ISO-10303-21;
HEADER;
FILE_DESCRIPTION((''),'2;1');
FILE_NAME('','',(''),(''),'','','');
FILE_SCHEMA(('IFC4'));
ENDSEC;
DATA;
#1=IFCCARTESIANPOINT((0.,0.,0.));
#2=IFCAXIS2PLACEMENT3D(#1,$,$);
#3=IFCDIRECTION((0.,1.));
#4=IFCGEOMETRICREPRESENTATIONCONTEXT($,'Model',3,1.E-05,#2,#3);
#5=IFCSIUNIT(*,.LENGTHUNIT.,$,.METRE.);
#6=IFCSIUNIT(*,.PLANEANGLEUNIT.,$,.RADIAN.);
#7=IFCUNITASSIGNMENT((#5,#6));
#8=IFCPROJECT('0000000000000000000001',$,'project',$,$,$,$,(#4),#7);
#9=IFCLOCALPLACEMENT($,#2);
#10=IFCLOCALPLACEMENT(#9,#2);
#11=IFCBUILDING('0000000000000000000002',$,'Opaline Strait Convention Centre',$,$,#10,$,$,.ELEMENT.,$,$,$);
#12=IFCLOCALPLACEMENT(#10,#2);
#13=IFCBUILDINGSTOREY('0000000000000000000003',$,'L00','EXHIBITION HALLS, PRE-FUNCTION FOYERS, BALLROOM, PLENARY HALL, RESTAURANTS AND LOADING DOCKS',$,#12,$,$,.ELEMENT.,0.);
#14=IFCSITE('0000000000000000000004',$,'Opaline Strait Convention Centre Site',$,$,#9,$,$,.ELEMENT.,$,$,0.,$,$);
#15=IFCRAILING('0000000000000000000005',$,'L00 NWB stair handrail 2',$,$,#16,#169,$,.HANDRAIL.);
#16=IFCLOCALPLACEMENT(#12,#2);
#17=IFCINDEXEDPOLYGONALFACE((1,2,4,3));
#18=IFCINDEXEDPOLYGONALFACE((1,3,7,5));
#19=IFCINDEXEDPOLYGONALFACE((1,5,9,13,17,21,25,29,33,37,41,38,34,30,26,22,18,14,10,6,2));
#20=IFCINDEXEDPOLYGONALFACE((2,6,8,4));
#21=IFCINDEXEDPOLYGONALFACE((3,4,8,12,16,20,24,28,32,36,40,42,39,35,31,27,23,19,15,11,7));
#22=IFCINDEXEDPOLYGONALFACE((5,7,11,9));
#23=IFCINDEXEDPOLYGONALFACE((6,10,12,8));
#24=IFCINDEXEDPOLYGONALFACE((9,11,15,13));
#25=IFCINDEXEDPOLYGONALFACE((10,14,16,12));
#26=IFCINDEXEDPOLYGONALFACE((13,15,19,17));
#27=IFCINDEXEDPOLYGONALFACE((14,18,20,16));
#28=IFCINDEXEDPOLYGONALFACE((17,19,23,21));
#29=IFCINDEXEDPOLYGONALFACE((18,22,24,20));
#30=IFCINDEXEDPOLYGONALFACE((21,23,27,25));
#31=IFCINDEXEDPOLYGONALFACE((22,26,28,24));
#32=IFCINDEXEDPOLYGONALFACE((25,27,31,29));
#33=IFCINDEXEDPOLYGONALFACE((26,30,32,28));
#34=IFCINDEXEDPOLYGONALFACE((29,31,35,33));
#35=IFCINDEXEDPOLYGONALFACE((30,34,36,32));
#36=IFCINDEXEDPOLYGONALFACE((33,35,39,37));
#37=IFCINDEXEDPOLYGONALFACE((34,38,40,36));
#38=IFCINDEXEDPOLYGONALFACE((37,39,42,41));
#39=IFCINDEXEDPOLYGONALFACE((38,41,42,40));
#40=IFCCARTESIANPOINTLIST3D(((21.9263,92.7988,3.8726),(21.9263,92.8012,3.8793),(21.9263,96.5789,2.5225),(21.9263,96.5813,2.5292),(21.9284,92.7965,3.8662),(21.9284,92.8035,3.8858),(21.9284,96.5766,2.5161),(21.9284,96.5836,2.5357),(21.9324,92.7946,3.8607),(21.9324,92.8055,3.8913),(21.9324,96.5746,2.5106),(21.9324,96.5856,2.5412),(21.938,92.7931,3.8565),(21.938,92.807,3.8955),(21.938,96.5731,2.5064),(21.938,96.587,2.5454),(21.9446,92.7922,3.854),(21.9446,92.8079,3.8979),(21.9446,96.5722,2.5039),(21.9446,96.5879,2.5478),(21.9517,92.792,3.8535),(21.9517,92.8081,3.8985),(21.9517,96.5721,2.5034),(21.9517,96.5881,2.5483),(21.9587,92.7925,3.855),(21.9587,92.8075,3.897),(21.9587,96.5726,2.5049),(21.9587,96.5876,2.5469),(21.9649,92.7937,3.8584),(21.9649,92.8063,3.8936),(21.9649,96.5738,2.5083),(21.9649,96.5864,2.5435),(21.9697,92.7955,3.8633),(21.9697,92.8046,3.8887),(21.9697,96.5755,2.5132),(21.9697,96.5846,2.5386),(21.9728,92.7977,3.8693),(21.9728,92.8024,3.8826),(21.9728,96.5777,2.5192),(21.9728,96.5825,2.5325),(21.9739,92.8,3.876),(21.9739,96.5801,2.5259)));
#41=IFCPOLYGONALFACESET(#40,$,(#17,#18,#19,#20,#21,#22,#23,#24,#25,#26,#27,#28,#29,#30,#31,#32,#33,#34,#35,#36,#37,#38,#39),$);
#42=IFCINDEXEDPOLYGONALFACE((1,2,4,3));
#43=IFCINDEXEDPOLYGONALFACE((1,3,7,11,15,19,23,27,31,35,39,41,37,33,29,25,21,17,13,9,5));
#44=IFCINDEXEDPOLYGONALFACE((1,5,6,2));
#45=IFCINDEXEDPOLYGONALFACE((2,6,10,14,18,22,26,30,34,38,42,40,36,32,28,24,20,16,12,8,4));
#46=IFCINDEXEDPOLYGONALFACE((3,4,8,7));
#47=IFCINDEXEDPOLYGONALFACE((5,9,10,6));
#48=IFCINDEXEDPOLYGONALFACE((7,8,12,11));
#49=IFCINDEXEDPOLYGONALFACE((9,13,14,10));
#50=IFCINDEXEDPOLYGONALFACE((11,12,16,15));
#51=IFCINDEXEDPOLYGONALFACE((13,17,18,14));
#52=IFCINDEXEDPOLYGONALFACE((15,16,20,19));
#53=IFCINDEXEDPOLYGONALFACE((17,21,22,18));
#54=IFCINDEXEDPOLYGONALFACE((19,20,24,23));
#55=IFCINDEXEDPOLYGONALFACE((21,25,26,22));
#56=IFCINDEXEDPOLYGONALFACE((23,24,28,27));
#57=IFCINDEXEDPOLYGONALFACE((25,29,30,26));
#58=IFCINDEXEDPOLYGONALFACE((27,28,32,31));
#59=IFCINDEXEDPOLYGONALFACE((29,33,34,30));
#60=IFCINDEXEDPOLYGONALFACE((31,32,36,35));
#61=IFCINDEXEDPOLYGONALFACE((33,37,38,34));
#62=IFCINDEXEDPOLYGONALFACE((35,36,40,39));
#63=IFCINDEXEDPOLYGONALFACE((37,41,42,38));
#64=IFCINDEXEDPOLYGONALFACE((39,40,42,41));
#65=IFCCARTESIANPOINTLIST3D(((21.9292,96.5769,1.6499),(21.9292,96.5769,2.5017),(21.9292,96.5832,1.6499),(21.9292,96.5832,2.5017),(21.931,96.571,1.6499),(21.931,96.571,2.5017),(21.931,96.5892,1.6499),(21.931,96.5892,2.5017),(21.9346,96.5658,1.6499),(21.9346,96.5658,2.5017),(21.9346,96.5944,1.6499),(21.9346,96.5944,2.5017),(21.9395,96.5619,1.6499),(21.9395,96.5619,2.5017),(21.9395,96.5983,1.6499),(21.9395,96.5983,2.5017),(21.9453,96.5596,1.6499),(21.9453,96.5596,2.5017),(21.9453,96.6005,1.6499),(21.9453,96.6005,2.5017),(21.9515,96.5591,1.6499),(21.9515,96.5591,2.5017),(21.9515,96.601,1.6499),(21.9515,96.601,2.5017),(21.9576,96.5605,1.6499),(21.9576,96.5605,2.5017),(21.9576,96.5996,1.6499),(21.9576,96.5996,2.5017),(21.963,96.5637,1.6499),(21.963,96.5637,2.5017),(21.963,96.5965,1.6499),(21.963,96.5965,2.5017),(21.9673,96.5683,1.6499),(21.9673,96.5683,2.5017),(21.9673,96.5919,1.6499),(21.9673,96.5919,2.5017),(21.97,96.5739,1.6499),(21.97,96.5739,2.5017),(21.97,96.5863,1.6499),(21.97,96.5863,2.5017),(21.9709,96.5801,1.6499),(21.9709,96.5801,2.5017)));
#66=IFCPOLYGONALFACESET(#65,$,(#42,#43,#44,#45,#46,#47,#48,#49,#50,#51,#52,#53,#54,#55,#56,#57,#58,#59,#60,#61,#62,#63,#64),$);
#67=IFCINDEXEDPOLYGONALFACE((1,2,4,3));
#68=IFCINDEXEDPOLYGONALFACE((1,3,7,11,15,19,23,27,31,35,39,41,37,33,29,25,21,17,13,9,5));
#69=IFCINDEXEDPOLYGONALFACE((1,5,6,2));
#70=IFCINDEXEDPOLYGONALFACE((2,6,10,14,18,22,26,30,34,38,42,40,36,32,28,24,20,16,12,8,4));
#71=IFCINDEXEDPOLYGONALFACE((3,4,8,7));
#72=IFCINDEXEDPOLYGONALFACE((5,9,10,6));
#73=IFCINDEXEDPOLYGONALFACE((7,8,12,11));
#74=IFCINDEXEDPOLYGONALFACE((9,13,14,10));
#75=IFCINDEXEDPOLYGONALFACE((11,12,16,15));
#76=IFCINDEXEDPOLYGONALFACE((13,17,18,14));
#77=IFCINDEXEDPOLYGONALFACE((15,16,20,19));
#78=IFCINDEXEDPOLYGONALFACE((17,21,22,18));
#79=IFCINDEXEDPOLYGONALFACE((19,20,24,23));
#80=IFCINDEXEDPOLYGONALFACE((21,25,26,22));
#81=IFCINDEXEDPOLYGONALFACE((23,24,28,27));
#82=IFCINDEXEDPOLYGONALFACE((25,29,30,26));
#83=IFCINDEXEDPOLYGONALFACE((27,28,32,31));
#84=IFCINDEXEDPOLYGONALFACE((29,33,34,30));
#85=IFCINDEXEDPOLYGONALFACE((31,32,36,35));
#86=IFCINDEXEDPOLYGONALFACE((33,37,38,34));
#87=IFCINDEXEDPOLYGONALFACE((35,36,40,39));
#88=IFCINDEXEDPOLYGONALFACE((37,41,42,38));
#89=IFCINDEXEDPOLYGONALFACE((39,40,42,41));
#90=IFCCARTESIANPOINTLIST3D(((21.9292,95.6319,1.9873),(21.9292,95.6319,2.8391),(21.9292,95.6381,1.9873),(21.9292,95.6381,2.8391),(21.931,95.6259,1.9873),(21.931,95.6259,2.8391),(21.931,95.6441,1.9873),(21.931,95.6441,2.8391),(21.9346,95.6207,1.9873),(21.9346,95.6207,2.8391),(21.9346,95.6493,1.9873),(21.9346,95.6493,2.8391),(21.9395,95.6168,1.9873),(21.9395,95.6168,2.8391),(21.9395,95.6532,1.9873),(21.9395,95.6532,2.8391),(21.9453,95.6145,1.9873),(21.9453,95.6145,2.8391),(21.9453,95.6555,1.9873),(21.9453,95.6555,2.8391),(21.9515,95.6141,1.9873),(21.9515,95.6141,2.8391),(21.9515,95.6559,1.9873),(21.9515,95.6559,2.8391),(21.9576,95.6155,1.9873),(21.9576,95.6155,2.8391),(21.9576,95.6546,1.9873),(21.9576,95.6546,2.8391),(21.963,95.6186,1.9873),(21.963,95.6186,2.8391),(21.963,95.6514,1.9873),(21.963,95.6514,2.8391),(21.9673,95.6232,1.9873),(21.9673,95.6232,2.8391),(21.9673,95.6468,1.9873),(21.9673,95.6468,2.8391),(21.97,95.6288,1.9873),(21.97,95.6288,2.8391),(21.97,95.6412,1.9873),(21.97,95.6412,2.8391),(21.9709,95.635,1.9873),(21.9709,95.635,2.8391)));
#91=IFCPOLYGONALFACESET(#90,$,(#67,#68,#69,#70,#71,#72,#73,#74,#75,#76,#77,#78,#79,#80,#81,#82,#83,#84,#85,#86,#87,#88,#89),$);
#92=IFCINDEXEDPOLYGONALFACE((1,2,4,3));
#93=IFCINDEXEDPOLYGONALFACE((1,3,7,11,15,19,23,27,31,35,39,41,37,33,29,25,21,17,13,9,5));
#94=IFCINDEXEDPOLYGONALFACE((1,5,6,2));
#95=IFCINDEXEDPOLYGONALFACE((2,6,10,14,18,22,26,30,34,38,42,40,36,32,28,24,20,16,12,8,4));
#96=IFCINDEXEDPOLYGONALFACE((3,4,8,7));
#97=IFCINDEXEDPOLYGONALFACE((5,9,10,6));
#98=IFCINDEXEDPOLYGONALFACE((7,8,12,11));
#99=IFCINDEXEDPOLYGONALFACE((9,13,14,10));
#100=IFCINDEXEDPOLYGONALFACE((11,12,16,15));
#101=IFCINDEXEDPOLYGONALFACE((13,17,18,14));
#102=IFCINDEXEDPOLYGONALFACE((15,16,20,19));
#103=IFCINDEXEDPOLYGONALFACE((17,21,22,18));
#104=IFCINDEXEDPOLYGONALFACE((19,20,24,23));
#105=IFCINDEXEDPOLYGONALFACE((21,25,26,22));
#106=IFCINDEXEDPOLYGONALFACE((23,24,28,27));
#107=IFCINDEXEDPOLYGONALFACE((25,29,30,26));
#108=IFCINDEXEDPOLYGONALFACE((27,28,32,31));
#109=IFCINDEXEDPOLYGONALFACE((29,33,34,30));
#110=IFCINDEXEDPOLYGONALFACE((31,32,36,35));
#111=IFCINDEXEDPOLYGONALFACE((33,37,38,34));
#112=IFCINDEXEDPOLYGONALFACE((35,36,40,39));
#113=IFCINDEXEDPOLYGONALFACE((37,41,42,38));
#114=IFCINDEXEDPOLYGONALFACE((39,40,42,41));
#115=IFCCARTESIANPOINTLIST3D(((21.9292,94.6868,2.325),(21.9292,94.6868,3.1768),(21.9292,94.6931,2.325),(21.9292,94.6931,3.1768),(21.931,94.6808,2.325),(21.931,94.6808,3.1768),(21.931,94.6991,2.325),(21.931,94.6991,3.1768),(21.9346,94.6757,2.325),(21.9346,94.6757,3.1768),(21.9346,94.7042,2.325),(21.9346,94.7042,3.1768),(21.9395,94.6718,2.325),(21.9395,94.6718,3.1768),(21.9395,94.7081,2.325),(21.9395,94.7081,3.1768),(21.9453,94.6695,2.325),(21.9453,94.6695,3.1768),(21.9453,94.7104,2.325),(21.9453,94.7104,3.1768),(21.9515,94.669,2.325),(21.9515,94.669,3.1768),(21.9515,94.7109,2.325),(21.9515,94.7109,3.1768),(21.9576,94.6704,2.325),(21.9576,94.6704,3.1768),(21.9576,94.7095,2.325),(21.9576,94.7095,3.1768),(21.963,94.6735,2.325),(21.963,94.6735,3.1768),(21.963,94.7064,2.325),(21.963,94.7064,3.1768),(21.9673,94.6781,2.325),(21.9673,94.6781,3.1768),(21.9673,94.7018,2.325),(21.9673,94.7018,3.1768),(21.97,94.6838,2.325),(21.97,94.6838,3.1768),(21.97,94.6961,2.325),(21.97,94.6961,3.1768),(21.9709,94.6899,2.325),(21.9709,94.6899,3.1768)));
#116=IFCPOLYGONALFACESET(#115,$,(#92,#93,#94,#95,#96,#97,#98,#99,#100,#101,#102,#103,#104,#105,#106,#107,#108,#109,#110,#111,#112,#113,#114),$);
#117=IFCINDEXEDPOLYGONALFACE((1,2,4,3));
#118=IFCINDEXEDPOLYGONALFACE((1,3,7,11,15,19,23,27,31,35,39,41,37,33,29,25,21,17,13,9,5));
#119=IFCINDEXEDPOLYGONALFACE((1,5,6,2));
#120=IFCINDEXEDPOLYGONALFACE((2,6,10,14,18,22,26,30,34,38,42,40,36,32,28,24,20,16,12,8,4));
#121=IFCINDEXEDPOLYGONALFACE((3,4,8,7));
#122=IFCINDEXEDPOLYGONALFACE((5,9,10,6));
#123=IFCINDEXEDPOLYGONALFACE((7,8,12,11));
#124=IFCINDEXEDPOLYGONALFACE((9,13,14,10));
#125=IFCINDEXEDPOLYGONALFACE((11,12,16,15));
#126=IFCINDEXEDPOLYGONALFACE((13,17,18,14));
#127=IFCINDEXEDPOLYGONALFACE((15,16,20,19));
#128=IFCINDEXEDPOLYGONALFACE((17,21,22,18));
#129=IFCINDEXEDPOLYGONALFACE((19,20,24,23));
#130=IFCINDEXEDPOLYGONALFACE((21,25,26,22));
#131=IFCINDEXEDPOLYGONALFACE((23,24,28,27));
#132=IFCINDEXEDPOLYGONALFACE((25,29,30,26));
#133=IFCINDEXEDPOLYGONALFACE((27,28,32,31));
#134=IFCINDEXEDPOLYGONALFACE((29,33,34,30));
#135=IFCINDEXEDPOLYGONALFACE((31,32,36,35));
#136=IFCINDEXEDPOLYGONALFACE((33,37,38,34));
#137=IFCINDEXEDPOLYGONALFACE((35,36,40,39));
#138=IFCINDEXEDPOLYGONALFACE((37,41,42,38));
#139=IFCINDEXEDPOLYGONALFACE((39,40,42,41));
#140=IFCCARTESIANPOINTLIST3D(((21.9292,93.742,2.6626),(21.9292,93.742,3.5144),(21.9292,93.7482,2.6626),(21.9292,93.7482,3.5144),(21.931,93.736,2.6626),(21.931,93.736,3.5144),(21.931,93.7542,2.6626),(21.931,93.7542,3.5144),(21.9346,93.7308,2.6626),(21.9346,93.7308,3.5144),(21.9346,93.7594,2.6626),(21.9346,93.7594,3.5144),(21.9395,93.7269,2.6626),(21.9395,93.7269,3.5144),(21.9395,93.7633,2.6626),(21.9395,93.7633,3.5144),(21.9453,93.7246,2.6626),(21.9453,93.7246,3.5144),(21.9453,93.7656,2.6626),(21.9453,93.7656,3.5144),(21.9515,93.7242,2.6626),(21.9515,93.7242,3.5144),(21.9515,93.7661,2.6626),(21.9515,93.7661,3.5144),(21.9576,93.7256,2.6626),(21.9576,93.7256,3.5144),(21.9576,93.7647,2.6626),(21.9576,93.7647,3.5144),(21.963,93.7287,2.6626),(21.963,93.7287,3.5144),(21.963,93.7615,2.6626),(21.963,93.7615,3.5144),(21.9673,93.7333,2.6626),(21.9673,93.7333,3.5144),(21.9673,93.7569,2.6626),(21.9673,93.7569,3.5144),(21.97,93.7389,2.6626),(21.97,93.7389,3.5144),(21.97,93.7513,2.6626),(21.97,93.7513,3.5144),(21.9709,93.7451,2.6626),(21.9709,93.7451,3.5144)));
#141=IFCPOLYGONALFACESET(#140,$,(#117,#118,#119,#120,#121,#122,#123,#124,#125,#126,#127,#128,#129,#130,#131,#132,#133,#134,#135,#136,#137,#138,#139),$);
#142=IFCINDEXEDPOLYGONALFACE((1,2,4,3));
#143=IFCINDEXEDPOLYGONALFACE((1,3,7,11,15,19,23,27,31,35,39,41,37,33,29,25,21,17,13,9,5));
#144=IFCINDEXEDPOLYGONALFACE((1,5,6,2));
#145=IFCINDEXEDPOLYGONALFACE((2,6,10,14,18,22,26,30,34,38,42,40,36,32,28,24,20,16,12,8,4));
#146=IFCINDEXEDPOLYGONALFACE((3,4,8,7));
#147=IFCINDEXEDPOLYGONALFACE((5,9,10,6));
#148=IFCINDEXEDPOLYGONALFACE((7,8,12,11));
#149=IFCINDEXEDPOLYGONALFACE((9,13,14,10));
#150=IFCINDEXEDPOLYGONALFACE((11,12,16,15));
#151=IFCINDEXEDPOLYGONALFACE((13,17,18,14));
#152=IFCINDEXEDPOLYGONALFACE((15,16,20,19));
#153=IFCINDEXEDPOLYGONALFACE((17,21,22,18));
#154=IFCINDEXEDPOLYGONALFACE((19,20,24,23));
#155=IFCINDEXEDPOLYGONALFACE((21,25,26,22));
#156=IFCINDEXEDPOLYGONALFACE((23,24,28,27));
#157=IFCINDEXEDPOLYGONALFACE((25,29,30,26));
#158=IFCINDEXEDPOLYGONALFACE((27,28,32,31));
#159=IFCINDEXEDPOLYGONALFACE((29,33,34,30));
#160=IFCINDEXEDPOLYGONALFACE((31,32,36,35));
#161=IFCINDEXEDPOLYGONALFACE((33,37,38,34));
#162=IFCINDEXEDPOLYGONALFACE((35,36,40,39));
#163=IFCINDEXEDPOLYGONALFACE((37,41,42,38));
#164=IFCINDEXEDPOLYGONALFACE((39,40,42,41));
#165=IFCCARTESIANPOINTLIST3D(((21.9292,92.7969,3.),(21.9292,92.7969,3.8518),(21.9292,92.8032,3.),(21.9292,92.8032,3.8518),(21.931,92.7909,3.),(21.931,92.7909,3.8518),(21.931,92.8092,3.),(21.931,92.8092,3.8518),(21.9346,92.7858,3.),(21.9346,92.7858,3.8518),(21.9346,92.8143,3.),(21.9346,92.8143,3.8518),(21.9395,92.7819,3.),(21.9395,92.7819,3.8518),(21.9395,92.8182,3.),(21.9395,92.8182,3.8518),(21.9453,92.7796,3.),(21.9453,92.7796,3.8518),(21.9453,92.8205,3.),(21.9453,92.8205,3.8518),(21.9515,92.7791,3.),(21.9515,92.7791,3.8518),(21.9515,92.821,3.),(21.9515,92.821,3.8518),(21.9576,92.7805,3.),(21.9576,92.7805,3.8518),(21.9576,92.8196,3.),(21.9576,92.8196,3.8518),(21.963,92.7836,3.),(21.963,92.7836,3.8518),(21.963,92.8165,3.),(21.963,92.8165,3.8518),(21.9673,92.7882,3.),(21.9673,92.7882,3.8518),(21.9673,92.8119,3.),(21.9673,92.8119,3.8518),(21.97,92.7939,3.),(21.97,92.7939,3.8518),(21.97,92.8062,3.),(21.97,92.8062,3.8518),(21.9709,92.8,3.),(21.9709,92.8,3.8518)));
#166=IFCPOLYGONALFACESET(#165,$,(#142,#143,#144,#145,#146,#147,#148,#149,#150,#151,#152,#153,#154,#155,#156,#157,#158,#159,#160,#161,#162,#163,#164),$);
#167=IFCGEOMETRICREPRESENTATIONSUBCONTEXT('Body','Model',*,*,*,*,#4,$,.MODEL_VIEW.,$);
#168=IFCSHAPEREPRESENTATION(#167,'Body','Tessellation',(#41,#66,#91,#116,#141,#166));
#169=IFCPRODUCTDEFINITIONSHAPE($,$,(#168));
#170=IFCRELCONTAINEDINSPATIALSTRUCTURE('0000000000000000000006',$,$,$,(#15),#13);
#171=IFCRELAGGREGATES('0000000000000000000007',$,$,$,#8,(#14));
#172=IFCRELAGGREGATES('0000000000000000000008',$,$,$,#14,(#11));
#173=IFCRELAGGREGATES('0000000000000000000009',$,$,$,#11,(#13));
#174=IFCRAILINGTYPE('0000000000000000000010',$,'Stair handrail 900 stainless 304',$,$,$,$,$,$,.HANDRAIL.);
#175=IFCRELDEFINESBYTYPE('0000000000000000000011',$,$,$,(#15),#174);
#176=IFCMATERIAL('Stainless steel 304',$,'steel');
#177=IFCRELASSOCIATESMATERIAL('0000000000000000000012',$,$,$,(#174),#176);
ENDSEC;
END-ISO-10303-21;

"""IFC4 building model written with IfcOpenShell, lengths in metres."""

from ifc_helpers import new_model, si_unit, direction, frame, origin, origin_2d, place, context, subcontext, project, spatial, circle, extrude, material, type_object, element, save


model = new_model("IFC4")

# Units and contexts
model_context = context("Model", 3, precision=1e-05, world=origin(), true_north=direction((0.0, 1.0)))
body_context = subcontext(model_context, "Body", "Model", "MODEL_VIEW")
ifc_project = project(units=[si_unit("LENGTHUNIT", "METRE"), si_unit("PLANEANGLEUNIT", "RADIAN")], contexts=[model_context])

# Site, building, storey
site_placement = place(None, origin())
site = spatial("IfcSite", under=ifc_project, at=site_placement, Name="Opaline Strait Convention Centre Site", CompositionType="ELEMENT", RefElevation=0.0)
building_placement = place(site_placement, origin())
building = spatial("IfcBuilding", under=site, at=building_placement, Name="Opaline Strait Convention Centre", CompositionType="ELEMENT")
storey_placement = place(building_placement, origin())
storey = spatial("IfcBuildingStorey", under=building, at=storey_placement, Name="L00", Description="EXHIBITION HALLS, PRE-FUNCTION FOYERS, BALLROOM, PLENARY HALL, RESTAURANTS AND LOADING DOCKS", CompositionType="ELEMENT", Elevation=0.0)

# Railing
ifc_material_1 = material(Name="Stainless steel 304", Category="steel")
railing_type_1 = type_object("IfcRailingType", Name="Stair handrail 900 stainless 304", PredefinedType="HANDRAIL", material=ifc_material_1)
railing_1_placement = place(storey_placement, frame((21.95, 96.5801, 1.6499)))
element("IfcRailing", 1, at=railing_1_placement, inside=storey, type_object=railing_type_1, Name="L00 NWB stair handrail 2", PredefinedType="HANDRAIL", context=body_context, shape_type="SweptSolid", body=[
    extrude(circle(Radius=0.0239, at=origin_2d()), frame((0.0, 0.0, 0.876), z_axis=(0.0, -0.941735, 0.336356), x_axis=(1.0, 0.0, 0.0)), (0.0, 0.0, 1.0), 4.0139),
    extrude(circle(Radius=0.021, at=origin_2d()), origin(), (0.0, 0.0, 1.0), 0.8518),
    extrude(circle(Radius=0.021, at=origin_2d()), frame((0.0, -0.9451, 0.3374)), (0.0, 0.0, 1.0), 0.8518),
    extrude(circle(Radius=0.021, at=origin_2d()), frame((0.0, -1.8901, 0.675)), (0.0, 0.0, 1.0), 0.8518),
    extrude(circle(Radius=0.021, at=origin_2d()), frame((0.0, -2.835, 1.0127)), (0.0, 0.0, 1.0), 0.8518),
    extrude(circle(Radius=0.021, at=origin_2d()), frame((0.0, -3.78, 1.3501)), (0.0, 0.0, 1.0), 0.8518),
])

save(model, "model.ifc")
